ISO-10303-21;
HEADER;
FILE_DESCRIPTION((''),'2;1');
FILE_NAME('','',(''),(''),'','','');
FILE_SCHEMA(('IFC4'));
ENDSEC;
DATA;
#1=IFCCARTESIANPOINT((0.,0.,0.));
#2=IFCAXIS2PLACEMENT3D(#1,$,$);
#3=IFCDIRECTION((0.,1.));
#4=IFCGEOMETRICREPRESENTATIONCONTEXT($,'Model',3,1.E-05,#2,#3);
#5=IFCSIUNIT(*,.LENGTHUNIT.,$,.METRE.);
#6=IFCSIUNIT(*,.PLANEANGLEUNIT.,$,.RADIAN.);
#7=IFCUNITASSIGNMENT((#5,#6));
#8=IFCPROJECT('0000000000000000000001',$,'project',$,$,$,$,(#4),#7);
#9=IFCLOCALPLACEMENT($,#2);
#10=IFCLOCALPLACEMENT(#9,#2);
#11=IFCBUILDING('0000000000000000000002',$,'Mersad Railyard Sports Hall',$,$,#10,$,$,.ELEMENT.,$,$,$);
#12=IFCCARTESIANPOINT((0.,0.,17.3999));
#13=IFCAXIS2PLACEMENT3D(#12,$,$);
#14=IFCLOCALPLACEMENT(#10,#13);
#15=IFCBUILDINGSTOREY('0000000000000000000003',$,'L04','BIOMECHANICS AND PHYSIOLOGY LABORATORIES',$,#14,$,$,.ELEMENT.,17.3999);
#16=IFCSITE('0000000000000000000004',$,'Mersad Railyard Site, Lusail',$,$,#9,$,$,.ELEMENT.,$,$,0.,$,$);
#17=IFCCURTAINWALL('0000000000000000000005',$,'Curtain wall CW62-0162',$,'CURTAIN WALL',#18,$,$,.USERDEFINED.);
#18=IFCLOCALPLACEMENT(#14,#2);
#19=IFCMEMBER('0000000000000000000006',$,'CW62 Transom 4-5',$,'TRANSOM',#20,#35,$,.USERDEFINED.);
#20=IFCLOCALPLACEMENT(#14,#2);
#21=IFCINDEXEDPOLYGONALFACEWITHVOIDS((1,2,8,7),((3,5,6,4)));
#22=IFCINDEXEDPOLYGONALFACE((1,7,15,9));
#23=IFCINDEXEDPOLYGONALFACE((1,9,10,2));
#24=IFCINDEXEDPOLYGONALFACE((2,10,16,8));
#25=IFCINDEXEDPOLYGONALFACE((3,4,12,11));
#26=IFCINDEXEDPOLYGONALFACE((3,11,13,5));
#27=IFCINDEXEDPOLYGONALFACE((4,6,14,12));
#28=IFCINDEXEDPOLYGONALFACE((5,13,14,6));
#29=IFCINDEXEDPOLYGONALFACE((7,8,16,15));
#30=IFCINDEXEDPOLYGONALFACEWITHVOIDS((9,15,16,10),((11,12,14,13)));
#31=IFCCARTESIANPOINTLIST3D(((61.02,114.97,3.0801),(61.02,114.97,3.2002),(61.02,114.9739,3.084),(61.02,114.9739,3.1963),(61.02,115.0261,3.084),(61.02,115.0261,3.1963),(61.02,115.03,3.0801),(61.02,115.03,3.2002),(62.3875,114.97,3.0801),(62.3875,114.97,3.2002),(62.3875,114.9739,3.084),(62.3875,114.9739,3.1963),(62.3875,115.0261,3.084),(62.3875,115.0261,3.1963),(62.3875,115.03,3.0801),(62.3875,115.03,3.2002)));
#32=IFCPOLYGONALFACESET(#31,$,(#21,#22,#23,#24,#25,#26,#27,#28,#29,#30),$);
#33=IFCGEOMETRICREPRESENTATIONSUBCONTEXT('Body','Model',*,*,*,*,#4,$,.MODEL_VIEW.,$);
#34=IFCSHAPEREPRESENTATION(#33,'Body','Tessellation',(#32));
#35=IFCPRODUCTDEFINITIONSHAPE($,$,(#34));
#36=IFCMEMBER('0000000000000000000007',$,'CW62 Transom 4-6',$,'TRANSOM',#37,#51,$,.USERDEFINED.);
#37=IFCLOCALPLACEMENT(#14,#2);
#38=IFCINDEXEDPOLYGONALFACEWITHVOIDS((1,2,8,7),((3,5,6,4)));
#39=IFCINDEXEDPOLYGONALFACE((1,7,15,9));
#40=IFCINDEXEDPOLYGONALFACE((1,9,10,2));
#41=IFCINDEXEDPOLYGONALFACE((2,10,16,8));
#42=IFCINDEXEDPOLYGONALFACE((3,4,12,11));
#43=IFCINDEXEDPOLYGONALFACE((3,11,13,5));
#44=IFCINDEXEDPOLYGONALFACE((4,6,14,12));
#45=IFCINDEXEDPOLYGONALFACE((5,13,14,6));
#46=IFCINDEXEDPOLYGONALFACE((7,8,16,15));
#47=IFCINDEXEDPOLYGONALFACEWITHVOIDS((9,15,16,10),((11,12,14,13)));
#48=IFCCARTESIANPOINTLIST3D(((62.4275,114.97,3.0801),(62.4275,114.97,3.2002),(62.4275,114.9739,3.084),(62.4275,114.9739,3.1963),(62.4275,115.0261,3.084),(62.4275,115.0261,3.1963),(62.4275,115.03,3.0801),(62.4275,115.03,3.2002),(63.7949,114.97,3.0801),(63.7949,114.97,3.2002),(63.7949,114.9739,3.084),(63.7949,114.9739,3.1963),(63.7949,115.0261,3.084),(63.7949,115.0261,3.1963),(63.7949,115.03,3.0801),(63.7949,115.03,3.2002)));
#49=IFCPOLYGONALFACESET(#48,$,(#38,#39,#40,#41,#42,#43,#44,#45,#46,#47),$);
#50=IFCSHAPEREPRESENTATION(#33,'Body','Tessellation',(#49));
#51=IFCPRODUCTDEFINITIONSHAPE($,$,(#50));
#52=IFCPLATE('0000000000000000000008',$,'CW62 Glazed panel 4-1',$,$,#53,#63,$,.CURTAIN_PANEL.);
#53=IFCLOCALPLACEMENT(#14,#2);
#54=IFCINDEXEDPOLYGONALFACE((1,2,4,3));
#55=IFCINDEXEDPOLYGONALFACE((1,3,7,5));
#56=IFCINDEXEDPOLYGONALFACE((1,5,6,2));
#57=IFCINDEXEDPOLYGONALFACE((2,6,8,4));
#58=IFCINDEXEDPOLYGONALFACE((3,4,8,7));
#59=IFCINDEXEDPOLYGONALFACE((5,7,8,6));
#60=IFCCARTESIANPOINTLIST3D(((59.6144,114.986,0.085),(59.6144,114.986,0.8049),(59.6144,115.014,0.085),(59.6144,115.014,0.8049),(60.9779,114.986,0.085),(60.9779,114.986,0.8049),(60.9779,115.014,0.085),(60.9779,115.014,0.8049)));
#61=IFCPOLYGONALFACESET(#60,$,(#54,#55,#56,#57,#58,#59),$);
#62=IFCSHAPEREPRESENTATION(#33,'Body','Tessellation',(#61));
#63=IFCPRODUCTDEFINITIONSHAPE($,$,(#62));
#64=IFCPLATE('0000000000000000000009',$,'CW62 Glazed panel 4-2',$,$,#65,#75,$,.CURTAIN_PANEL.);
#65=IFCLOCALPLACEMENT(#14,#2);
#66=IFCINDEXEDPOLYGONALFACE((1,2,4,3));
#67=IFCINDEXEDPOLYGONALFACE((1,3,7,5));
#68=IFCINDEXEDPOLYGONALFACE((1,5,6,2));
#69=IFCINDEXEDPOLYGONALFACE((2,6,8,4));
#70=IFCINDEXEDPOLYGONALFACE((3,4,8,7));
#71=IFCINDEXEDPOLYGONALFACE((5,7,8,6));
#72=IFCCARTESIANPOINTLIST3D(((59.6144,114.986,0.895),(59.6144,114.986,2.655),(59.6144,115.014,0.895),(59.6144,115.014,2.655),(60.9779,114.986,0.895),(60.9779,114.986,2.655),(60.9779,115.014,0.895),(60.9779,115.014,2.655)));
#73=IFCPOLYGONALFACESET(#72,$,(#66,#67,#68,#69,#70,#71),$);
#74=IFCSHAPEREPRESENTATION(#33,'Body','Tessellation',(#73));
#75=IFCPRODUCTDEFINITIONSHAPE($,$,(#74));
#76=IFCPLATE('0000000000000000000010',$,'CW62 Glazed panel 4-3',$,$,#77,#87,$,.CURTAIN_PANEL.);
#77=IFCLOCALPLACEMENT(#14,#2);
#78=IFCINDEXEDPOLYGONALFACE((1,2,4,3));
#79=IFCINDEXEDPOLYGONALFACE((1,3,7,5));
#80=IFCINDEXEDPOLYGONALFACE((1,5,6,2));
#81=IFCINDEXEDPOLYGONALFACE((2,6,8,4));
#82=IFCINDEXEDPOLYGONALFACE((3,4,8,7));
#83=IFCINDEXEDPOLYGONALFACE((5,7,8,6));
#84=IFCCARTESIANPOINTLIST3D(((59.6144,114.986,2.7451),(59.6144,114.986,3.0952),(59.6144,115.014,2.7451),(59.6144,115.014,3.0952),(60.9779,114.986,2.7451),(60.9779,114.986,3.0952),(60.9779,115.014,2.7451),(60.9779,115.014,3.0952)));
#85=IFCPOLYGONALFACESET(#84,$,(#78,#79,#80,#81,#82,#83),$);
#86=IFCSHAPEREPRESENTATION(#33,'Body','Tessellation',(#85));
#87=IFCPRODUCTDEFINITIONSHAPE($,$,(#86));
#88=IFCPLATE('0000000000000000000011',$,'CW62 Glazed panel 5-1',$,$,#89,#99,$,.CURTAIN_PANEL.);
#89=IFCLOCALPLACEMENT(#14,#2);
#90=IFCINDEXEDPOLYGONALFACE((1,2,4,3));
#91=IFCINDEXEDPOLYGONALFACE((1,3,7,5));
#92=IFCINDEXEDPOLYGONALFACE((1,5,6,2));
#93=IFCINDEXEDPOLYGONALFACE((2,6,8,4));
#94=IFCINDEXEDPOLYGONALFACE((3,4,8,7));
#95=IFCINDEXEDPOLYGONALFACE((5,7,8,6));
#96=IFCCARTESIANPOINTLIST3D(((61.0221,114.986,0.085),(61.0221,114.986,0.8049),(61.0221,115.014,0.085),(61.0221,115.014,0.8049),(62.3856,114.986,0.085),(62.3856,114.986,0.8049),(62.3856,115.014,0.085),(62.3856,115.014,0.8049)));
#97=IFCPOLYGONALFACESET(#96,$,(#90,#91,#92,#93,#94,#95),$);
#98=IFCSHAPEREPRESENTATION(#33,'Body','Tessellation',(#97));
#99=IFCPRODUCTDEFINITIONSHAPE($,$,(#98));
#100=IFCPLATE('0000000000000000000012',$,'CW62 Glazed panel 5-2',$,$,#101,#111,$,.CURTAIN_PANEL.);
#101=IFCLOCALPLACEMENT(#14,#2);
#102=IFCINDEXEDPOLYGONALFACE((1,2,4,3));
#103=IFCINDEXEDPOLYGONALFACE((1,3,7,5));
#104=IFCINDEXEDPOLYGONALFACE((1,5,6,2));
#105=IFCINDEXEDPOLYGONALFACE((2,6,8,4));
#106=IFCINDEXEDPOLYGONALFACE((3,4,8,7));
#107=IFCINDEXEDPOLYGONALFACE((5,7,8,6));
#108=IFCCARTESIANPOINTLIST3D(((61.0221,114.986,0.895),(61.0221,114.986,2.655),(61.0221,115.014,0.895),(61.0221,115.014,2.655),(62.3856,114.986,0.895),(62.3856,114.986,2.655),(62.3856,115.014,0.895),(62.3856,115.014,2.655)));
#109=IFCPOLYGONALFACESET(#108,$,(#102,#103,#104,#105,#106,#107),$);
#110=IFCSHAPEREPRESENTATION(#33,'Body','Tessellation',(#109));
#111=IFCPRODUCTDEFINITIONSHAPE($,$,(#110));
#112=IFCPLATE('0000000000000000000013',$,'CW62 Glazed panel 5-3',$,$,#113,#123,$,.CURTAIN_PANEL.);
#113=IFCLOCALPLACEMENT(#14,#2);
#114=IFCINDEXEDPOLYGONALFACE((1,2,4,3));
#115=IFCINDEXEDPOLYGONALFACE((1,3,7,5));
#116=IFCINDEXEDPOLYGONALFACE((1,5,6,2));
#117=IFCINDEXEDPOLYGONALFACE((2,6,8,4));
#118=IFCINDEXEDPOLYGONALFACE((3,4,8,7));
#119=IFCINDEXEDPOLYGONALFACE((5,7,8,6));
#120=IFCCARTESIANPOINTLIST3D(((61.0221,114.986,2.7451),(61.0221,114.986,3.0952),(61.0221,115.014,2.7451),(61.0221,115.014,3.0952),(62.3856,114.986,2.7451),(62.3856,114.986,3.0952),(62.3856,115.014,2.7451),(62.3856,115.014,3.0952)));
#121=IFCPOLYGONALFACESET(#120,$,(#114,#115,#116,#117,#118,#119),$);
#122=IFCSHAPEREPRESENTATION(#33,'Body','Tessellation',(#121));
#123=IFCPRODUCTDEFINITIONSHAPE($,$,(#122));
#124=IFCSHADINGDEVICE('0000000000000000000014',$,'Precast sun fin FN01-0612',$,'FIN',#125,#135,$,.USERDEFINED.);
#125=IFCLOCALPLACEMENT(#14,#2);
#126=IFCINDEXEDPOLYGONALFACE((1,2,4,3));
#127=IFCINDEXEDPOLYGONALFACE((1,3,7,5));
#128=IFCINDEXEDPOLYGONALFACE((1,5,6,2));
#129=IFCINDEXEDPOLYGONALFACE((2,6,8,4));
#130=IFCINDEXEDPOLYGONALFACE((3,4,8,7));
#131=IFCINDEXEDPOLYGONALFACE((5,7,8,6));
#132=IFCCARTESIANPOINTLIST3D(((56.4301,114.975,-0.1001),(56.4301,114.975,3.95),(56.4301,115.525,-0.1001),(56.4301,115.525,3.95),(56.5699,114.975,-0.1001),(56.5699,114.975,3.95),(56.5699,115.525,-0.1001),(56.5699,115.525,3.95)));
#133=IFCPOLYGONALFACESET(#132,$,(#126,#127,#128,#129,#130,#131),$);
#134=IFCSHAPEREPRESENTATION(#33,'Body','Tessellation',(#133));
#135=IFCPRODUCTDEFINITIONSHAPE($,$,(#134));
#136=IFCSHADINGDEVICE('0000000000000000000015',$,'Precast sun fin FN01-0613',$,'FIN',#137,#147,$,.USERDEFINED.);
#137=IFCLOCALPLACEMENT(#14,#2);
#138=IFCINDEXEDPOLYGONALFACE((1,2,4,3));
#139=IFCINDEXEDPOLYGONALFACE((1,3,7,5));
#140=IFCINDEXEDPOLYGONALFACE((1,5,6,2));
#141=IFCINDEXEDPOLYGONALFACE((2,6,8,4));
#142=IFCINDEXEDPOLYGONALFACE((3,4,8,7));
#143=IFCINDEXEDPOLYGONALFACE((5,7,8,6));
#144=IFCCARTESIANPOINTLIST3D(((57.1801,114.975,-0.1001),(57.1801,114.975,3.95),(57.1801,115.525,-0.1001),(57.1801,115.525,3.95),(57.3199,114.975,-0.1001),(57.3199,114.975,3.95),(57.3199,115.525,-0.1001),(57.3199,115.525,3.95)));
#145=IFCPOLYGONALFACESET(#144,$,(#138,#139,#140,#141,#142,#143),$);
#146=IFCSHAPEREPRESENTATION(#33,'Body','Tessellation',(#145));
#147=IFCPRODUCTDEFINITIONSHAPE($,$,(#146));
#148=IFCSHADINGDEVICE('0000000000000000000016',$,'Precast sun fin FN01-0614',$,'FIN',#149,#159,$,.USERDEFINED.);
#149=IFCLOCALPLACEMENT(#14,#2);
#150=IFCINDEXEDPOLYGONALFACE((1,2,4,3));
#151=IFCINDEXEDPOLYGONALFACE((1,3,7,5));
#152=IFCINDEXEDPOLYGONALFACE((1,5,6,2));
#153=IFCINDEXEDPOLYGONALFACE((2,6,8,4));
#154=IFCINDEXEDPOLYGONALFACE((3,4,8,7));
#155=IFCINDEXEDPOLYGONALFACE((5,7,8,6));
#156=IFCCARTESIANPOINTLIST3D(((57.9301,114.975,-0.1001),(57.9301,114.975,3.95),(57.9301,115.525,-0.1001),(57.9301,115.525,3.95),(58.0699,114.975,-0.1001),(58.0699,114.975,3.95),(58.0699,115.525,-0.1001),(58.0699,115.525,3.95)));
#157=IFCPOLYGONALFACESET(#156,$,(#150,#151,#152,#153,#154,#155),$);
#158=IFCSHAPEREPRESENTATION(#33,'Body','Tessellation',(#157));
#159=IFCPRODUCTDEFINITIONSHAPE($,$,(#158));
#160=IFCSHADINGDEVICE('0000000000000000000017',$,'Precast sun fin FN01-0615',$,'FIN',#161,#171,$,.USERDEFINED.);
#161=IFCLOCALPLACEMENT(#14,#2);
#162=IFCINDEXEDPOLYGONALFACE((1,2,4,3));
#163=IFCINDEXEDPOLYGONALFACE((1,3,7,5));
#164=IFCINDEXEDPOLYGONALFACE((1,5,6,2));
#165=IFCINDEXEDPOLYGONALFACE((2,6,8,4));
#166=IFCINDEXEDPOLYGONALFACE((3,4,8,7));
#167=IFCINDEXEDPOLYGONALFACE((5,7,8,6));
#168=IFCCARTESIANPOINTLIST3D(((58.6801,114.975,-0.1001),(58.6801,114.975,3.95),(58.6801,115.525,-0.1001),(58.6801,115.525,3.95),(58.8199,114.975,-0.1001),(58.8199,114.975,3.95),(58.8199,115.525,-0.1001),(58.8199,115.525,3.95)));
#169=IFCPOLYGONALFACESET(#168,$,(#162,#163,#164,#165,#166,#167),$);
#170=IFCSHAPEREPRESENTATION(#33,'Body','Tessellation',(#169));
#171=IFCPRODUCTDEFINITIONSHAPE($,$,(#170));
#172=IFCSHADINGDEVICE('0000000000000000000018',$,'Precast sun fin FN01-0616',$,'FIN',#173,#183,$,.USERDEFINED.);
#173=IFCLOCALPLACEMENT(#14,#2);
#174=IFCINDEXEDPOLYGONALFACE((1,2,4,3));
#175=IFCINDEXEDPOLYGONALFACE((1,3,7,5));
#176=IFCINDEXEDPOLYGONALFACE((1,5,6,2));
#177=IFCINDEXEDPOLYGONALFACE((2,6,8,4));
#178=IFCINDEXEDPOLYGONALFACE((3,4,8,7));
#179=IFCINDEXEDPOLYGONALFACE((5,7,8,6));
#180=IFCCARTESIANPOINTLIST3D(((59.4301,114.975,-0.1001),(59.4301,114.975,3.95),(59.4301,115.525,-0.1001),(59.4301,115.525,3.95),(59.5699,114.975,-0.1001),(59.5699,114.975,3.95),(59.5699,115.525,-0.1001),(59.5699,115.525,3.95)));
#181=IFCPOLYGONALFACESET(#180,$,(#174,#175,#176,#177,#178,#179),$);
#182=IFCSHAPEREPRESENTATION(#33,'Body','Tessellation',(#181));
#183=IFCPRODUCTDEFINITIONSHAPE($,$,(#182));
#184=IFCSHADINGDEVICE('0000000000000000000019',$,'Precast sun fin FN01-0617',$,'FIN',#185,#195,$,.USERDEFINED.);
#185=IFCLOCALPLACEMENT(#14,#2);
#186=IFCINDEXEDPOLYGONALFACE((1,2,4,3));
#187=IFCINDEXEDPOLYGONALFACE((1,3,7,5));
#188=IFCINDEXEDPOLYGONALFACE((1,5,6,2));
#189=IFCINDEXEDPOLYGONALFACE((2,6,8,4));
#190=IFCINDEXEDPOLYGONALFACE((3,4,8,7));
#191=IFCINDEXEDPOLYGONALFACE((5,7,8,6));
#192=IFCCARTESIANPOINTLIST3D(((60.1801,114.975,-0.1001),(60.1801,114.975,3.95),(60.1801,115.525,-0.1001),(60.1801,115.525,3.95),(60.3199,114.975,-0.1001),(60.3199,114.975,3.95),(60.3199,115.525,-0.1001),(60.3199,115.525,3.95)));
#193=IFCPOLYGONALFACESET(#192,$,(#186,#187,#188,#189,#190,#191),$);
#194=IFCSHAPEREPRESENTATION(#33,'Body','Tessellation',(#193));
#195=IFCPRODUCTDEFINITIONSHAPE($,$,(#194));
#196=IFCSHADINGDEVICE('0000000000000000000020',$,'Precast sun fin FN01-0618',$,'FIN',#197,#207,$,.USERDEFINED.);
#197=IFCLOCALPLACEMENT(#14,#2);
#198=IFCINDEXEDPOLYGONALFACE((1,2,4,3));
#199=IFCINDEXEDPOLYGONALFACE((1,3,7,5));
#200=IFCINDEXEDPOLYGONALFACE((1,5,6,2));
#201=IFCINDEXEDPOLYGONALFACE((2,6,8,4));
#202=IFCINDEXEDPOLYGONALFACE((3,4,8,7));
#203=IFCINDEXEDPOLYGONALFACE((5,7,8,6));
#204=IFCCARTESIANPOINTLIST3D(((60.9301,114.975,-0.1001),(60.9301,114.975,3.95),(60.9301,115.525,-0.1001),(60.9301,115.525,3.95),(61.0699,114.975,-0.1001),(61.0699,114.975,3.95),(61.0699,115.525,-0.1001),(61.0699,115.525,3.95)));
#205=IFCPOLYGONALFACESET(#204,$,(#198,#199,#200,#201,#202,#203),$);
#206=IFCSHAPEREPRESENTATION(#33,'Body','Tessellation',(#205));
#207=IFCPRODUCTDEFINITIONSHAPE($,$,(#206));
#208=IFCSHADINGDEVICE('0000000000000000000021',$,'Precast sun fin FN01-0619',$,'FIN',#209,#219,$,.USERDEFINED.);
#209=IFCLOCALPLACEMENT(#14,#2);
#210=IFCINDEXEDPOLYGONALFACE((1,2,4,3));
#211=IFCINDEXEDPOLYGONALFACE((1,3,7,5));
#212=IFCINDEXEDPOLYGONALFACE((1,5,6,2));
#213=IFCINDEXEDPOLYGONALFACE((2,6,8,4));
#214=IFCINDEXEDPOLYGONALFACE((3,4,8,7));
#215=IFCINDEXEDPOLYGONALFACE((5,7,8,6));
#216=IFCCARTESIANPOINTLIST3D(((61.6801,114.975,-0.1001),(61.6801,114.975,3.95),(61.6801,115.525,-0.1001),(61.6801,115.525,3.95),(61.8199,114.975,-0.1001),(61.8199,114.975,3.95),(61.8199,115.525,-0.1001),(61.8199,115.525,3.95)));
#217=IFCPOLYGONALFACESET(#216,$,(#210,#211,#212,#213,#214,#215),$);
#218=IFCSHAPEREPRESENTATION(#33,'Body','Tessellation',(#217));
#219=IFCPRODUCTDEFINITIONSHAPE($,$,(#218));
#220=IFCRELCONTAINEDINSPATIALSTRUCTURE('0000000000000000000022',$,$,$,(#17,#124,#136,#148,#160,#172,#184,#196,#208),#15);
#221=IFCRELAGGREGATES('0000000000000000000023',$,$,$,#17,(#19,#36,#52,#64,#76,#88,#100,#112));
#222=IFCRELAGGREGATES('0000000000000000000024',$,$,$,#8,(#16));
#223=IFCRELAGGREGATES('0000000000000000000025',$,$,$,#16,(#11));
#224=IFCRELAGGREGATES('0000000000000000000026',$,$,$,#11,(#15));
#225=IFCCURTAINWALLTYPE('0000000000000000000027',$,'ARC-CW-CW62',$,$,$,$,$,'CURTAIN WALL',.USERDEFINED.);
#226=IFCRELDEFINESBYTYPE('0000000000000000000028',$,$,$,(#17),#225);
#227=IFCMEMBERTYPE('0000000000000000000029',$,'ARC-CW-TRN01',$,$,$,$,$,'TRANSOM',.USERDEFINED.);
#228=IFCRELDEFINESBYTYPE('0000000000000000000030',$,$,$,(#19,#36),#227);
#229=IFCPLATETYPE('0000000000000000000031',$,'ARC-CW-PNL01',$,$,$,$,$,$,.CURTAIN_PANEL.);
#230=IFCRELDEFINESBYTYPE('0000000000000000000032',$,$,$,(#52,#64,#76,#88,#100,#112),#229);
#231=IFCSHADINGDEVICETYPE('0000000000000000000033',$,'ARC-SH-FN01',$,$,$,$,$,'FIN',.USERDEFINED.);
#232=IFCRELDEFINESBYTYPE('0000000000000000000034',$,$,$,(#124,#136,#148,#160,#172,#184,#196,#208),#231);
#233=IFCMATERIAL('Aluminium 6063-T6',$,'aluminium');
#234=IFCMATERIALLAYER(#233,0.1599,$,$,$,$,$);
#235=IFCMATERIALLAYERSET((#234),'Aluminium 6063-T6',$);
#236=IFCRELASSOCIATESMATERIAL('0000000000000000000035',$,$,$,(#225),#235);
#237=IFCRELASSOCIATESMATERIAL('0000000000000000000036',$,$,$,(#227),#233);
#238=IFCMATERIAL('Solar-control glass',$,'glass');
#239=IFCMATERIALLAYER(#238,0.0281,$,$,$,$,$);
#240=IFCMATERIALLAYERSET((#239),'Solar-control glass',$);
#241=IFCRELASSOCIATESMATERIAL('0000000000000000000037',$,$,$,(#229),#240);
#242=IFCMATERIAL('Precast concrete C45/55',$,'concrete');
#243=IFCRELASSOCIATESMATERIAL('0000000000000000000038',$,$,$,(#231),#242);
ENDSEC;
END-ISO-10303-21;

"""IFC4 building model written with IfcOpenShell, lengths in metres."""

from ifc_helpers import new_model, si_unit, direction, frame, origin, origin_2d, place, context, subcontext, project, spatial, rectangle, hollow_rectangle, extrude, material, layer, layer_set, material_profile, profile_set, type_object, element, aggregate, save


model = new_model("IFC4")

# Units and contexts
model_context = context("Model", 3, precision=1e-05, world=origin(), true_north=direction((0.0, 1.0)))
body_context = subcontext(model_context, "Body", "Model", "MODEL_VIEW")
ifc_project = project(units=[si_unit("LENGTHUNIT", "METRE"), si_unit("PLANEANGLEUNIT", "RADIAN")], contexts=[model_context])

# Site, building, storey
site_placement = place(None, origin())
site = spatial("IfcSite", under=ifc_project, at=site_placement, Name="Mersad Railyard Site, Lusail", CompositionType="ELEMENT", RefElevation=0.0)
building_placement = place(site_placement, origin())
building = spatial("IfcBuilding", under=site, at=building_placement, Name="Mersad Railyard Sports Hall", CompositionType="ELEMENT")
storey_placement = place(building_placement, frame((0.0, 0.0, 17.3999)))
storey = spatial("IfcBuildingStorey", under=building, at=storey_placement, Name="L04", Description="BIOMECHANICS AND PHYSIOLOGY LABORATORIES", CompositionType="ELEMENT", Elevation=17.3999)

# Curtain wall, members, plates
ifc_material_1 = material(Name="Aluminium 6063-T6", Category="aluminium")
ifc_layer_1 = layer(ifc_material_1, 0.1599)
ifc_layer_set_1 = layer_set([ifc_layer_1], Name="Aluminium 6063-T6")
curtain_wall_type = type_object("IfcCurtainWallType", Name="ARC-CW-CW62", ElementType="CURTAIN WALL", PredefinedType="USERDEFINED", material=ifc_layer_set_1)
curtain_wall_placement = place(storey_placement, origin())
curtain_wall = element("IfcCurtainWall", 1, at=curtain_wall_placement, inside=storey, type_object=curtain_wall_type, Name="Curtain wall CW62-0162", ObjectType="CURTAIN WALL", PredefinedType="USERDEFINED")
ifc_material_profile_1 = material_profile(ifc_material_1, hollow_rectangle(XDim=0.0601, YDim=0.1201, WallThickness=0.0039, at=origin_2d()), Name="AL TRANSOM 60x120x4")
ifc_profile_set_1 = profile_set([ifc_material_profile_1], Name="Aluminium 6063-T6")
member_type_1 = type_object("IfcMemberType", Name="ARC-CW-TRN01", ElementType="TRANSOM", PredefinedType="USERDEFINED", material=ifc_profile_set_1)
member_1_placement = place(storey_placement, frame((61.02, 115.0, 3.1401), z_axis=(1.0, 0.0, 0.0), x_axis=(0.0, 1.0, 0.0)))
member_1 = element("IfcMember", 2, at=member_1_placement, type_object=member_type_1, Name="CW62 Transom 4-5", ObjectType="TRANSOM", PredefinedType="USERDEFINED", context=body_context, shape_type="SweptSolid", body=[
    extrude(hollow_rectangle(XDim=0.0601, YDim=0.1201, WallThickness=0.0039, at=origin_2d()), origin(), (0.0, 0.0, 1.0), 1.3674),
])
member_2_placement = place(storey_placement, frame((62.4275, 115.0, 3.1401), z_axis=(1.0, 0.0, 0.0), x_axis=(0.0, 1.0, 0.0)))
member_2 = element("IfcMember", 3, at=member_2_placement, type_object=member_type_1, Name="CW62 Transom 4-6", ObjectType="TRANSOM", PredefinedType="USERDEFINED", context=body_context, shape_type="SweptSolid", body=[
    extrude(hollow_rectangle(XDim=0.0601, YDim=0.1201, WallThickness=0.0039, at=origin_2d()), origin(), (0.0, 0.0, 1.0), 1.3674),
])
ifc_material_2 = material(Name="Solar-control glass", Category="glass")
ifc_layer_2 = layer(ifc_material_2, 0.0281)
ifc_layer_set_2 = layer_set([ifc_layer_2], Name="Solar-control glass")
plate_type = type_object("IfcPlateType", Name="ARC-CW-PNL01", PredefinedType="CURTAIN_PANEL", material=ifc_layer_set_2)
plate_1_placement = place(storey_placement, frame((60.2961, 115.0, 0.085), z_axis=(0.0, 0.0, 1.0), x_axis=(1.0, 0.0, 0.0)))
plate_1 = element("IfcPlate", 4, at=plate_1_placement, type_object=plate_type, Name="CW62 Glazed panel 4-1", PredefinedType="CURTAIN_PANEL", context=body_context, shape_type="SweptSolid", body=[
    extrude(rectangle(XDim=1.3635, YDim=0.0281, at=origin_2d()), origin(), (0.0, 0.0, 1.0), 0.72),
])
plate_2_placement = place(storey_placement, frame((60.2961, 115.0, 0.895), z_axis=(0.0, 0.0, 1.0), x_axis=(1.0, 0.0, 0.0)))
plate_2 = element("IfcPlate", 5, at=plate_2_placement, type_object=plate_type, Name="CW62 Glazed panel 4-2", PredefinedType="CURTAIN_PANEL", context=body_context, shape_type="SweptSolid", body=[
    extrude(rectangle(XDim=1.3635, YDim=0.0281, at=origin_2d()), origin(), (0.0, 0.0, 1.0), 1.76),
])
plate_3_placement = place(storey_placement, frame((60.2961, 115.0, 2.7451), z_axis=(0.0, 0.0, 1.0), x_axis=(1.0, 0.0, 0.0)))
plate_3 = element("IfcPlate", 6, at=plate_3_placement, type_object=plate_type, Name="CW62 Glazed panel 4-3", PredefinedType="CURTAIN_PANEL", context=body_context, shape_type="SweptSolid", body=[
    extrude(rectangle(XDim=1.3635, YDim=0.0281, at=origin_2d()), origin(), (0.0, 0.0, 1.0), 0.3501),
])
plate_4_placement = place(storey_placement, frame((61.7039, 115.0, 0.085), z_axis=(0.0, 0.0, 1.0), x_axis=(1.0, 0.0, 0.0)))
plate_4 = element("IfcPlate", 7, at=plate_4_placement, type_object=plate_type, Name="CW62 Glazed panel 5-1", PredefinedType="CURTAIN_PANEL", context=body_context, shape_type="SweptSolid", body=[
    extrude(rectangle(XDim=1.3635, YDim=0.0281, at=origin_2d()), origin(), (0.0, 0.0, 1.0), 0.72),
])
plate_5_placement = place(storey_placement, frame((61.7039, 115.0, 0.895), z_axis=(0.0, 0.0, 1.0), x_axis=(1.0, 0.0, 0.0)))
plate_5 = element("IfcPlate", 8, at=plate_5_placement, type_object=plate_type, Name="CW62 Glazed panel 5-2", PredefinedType="CURTAIN_PANEL", context=body_context, shape_type="SweptSolid", body=[
    extrude(rectangle(XDim=1.3635, YDim=0.0281, at=origin_2d()), origin(), (0.0, 0.0, 1.0), 1.76),
])
plate_6_placement = place(storey_placement, frame((61.7039, 115.0, 2.7451), z_axis=(0.0, 0.0, 1.0), x_axis=(1.0, 0.0, 0.0)))
plate_6 = element("IfcPlate", 9, at=plate_6_placement, type_object=plate_type, Name="CW62 Glazed panel 5-3", PredefinedType="CURTAIN_PANEL", context=body_context, shape_type="SweptSolid", body=[
    extrude(rectangle(XDim=1.3635, YDim=0.0281, at=origin_2d()), origin(), (0.0, 0.0, 1.0), 0.3501),
])
aggregate(curtain_wall, [member_1, member_2, plate_1, plate_2, plate_3, plate_4, plate_5, plate_6])

# Shading devices
ifc_material_3 = material(Name="Precast concrete C45/55", Category="concrete")
shading_device_type = type_object("IfcShadingDeviceType", Name="ARC-SH-FN01", ElementType="FIN", PredefinedType="USERDEFINED", material=ifc_material_3)
for number, where, z_axis, x_axis, name in (
    (10, (56.5, 115.25, -0.1001), (0.0, 0.0, 1.0), (1.0, 0.0, 0.0), "Precast sun fin FN01-0612"),
    (11, (57.25, 115.25, -0.1001), (0.0, 0.0, 1.0), (1.0, 0.0, 0.0), "Precast sun fin FN01-0613"),
    (12, (58.0, 115.25, -0.1001), (0.0, 0.0, 1.0), (1.0, 0.0, 0.0), "Precast sun fin FN01-0614"),
    (13, (58.75, 115.25, -0.1001), (0.0, 0.0, 1.0), (1.0, 0.0, 0.0), "Precast sun fin FN01-0615"),
    (14, (59.5, 115.25, -0.1001), (0.0, 0.0, 1.0), (1.0, 0.0, 0.0), "Precast sun fin FN01-0616"),
    (15, (60.25, 115.25, -0.1001), (0.0, 0.0, 1.0), (1.0, 0.0, 0.0), "Precast sun fin FN01-0617"),
    (16, (61.0, 115.25, -0.1001), (0.0, 0.0, 1.0), (1.0, 0.0, 0.0), "Precast sun fin FN01-0618"),
    (17, (61.75, 115.25, -0.1001), (0.0, 0.0, 1.0), (1.0, 0.0, 0.0), "Precast sun fin FN01-0619"),
):
    element("IfcShadingDevice", number, at=place(storey_placement, frame(where, z_axis=z_axis, x_axis=x_axis)), inside=storey, type_object=shading_device_type, Name=name, ObjectType="FIN", PredefinedType="USERDEFINED", context=body_context, shape_type="SweptSolid", body=[
        extrude(rectangle(XDim=0.1399, YDim=0.55, at=origin_2d()), origin(), (0.0, 0.0, 1.0), 4.05),
    ])

save(model, "model.ifc")
